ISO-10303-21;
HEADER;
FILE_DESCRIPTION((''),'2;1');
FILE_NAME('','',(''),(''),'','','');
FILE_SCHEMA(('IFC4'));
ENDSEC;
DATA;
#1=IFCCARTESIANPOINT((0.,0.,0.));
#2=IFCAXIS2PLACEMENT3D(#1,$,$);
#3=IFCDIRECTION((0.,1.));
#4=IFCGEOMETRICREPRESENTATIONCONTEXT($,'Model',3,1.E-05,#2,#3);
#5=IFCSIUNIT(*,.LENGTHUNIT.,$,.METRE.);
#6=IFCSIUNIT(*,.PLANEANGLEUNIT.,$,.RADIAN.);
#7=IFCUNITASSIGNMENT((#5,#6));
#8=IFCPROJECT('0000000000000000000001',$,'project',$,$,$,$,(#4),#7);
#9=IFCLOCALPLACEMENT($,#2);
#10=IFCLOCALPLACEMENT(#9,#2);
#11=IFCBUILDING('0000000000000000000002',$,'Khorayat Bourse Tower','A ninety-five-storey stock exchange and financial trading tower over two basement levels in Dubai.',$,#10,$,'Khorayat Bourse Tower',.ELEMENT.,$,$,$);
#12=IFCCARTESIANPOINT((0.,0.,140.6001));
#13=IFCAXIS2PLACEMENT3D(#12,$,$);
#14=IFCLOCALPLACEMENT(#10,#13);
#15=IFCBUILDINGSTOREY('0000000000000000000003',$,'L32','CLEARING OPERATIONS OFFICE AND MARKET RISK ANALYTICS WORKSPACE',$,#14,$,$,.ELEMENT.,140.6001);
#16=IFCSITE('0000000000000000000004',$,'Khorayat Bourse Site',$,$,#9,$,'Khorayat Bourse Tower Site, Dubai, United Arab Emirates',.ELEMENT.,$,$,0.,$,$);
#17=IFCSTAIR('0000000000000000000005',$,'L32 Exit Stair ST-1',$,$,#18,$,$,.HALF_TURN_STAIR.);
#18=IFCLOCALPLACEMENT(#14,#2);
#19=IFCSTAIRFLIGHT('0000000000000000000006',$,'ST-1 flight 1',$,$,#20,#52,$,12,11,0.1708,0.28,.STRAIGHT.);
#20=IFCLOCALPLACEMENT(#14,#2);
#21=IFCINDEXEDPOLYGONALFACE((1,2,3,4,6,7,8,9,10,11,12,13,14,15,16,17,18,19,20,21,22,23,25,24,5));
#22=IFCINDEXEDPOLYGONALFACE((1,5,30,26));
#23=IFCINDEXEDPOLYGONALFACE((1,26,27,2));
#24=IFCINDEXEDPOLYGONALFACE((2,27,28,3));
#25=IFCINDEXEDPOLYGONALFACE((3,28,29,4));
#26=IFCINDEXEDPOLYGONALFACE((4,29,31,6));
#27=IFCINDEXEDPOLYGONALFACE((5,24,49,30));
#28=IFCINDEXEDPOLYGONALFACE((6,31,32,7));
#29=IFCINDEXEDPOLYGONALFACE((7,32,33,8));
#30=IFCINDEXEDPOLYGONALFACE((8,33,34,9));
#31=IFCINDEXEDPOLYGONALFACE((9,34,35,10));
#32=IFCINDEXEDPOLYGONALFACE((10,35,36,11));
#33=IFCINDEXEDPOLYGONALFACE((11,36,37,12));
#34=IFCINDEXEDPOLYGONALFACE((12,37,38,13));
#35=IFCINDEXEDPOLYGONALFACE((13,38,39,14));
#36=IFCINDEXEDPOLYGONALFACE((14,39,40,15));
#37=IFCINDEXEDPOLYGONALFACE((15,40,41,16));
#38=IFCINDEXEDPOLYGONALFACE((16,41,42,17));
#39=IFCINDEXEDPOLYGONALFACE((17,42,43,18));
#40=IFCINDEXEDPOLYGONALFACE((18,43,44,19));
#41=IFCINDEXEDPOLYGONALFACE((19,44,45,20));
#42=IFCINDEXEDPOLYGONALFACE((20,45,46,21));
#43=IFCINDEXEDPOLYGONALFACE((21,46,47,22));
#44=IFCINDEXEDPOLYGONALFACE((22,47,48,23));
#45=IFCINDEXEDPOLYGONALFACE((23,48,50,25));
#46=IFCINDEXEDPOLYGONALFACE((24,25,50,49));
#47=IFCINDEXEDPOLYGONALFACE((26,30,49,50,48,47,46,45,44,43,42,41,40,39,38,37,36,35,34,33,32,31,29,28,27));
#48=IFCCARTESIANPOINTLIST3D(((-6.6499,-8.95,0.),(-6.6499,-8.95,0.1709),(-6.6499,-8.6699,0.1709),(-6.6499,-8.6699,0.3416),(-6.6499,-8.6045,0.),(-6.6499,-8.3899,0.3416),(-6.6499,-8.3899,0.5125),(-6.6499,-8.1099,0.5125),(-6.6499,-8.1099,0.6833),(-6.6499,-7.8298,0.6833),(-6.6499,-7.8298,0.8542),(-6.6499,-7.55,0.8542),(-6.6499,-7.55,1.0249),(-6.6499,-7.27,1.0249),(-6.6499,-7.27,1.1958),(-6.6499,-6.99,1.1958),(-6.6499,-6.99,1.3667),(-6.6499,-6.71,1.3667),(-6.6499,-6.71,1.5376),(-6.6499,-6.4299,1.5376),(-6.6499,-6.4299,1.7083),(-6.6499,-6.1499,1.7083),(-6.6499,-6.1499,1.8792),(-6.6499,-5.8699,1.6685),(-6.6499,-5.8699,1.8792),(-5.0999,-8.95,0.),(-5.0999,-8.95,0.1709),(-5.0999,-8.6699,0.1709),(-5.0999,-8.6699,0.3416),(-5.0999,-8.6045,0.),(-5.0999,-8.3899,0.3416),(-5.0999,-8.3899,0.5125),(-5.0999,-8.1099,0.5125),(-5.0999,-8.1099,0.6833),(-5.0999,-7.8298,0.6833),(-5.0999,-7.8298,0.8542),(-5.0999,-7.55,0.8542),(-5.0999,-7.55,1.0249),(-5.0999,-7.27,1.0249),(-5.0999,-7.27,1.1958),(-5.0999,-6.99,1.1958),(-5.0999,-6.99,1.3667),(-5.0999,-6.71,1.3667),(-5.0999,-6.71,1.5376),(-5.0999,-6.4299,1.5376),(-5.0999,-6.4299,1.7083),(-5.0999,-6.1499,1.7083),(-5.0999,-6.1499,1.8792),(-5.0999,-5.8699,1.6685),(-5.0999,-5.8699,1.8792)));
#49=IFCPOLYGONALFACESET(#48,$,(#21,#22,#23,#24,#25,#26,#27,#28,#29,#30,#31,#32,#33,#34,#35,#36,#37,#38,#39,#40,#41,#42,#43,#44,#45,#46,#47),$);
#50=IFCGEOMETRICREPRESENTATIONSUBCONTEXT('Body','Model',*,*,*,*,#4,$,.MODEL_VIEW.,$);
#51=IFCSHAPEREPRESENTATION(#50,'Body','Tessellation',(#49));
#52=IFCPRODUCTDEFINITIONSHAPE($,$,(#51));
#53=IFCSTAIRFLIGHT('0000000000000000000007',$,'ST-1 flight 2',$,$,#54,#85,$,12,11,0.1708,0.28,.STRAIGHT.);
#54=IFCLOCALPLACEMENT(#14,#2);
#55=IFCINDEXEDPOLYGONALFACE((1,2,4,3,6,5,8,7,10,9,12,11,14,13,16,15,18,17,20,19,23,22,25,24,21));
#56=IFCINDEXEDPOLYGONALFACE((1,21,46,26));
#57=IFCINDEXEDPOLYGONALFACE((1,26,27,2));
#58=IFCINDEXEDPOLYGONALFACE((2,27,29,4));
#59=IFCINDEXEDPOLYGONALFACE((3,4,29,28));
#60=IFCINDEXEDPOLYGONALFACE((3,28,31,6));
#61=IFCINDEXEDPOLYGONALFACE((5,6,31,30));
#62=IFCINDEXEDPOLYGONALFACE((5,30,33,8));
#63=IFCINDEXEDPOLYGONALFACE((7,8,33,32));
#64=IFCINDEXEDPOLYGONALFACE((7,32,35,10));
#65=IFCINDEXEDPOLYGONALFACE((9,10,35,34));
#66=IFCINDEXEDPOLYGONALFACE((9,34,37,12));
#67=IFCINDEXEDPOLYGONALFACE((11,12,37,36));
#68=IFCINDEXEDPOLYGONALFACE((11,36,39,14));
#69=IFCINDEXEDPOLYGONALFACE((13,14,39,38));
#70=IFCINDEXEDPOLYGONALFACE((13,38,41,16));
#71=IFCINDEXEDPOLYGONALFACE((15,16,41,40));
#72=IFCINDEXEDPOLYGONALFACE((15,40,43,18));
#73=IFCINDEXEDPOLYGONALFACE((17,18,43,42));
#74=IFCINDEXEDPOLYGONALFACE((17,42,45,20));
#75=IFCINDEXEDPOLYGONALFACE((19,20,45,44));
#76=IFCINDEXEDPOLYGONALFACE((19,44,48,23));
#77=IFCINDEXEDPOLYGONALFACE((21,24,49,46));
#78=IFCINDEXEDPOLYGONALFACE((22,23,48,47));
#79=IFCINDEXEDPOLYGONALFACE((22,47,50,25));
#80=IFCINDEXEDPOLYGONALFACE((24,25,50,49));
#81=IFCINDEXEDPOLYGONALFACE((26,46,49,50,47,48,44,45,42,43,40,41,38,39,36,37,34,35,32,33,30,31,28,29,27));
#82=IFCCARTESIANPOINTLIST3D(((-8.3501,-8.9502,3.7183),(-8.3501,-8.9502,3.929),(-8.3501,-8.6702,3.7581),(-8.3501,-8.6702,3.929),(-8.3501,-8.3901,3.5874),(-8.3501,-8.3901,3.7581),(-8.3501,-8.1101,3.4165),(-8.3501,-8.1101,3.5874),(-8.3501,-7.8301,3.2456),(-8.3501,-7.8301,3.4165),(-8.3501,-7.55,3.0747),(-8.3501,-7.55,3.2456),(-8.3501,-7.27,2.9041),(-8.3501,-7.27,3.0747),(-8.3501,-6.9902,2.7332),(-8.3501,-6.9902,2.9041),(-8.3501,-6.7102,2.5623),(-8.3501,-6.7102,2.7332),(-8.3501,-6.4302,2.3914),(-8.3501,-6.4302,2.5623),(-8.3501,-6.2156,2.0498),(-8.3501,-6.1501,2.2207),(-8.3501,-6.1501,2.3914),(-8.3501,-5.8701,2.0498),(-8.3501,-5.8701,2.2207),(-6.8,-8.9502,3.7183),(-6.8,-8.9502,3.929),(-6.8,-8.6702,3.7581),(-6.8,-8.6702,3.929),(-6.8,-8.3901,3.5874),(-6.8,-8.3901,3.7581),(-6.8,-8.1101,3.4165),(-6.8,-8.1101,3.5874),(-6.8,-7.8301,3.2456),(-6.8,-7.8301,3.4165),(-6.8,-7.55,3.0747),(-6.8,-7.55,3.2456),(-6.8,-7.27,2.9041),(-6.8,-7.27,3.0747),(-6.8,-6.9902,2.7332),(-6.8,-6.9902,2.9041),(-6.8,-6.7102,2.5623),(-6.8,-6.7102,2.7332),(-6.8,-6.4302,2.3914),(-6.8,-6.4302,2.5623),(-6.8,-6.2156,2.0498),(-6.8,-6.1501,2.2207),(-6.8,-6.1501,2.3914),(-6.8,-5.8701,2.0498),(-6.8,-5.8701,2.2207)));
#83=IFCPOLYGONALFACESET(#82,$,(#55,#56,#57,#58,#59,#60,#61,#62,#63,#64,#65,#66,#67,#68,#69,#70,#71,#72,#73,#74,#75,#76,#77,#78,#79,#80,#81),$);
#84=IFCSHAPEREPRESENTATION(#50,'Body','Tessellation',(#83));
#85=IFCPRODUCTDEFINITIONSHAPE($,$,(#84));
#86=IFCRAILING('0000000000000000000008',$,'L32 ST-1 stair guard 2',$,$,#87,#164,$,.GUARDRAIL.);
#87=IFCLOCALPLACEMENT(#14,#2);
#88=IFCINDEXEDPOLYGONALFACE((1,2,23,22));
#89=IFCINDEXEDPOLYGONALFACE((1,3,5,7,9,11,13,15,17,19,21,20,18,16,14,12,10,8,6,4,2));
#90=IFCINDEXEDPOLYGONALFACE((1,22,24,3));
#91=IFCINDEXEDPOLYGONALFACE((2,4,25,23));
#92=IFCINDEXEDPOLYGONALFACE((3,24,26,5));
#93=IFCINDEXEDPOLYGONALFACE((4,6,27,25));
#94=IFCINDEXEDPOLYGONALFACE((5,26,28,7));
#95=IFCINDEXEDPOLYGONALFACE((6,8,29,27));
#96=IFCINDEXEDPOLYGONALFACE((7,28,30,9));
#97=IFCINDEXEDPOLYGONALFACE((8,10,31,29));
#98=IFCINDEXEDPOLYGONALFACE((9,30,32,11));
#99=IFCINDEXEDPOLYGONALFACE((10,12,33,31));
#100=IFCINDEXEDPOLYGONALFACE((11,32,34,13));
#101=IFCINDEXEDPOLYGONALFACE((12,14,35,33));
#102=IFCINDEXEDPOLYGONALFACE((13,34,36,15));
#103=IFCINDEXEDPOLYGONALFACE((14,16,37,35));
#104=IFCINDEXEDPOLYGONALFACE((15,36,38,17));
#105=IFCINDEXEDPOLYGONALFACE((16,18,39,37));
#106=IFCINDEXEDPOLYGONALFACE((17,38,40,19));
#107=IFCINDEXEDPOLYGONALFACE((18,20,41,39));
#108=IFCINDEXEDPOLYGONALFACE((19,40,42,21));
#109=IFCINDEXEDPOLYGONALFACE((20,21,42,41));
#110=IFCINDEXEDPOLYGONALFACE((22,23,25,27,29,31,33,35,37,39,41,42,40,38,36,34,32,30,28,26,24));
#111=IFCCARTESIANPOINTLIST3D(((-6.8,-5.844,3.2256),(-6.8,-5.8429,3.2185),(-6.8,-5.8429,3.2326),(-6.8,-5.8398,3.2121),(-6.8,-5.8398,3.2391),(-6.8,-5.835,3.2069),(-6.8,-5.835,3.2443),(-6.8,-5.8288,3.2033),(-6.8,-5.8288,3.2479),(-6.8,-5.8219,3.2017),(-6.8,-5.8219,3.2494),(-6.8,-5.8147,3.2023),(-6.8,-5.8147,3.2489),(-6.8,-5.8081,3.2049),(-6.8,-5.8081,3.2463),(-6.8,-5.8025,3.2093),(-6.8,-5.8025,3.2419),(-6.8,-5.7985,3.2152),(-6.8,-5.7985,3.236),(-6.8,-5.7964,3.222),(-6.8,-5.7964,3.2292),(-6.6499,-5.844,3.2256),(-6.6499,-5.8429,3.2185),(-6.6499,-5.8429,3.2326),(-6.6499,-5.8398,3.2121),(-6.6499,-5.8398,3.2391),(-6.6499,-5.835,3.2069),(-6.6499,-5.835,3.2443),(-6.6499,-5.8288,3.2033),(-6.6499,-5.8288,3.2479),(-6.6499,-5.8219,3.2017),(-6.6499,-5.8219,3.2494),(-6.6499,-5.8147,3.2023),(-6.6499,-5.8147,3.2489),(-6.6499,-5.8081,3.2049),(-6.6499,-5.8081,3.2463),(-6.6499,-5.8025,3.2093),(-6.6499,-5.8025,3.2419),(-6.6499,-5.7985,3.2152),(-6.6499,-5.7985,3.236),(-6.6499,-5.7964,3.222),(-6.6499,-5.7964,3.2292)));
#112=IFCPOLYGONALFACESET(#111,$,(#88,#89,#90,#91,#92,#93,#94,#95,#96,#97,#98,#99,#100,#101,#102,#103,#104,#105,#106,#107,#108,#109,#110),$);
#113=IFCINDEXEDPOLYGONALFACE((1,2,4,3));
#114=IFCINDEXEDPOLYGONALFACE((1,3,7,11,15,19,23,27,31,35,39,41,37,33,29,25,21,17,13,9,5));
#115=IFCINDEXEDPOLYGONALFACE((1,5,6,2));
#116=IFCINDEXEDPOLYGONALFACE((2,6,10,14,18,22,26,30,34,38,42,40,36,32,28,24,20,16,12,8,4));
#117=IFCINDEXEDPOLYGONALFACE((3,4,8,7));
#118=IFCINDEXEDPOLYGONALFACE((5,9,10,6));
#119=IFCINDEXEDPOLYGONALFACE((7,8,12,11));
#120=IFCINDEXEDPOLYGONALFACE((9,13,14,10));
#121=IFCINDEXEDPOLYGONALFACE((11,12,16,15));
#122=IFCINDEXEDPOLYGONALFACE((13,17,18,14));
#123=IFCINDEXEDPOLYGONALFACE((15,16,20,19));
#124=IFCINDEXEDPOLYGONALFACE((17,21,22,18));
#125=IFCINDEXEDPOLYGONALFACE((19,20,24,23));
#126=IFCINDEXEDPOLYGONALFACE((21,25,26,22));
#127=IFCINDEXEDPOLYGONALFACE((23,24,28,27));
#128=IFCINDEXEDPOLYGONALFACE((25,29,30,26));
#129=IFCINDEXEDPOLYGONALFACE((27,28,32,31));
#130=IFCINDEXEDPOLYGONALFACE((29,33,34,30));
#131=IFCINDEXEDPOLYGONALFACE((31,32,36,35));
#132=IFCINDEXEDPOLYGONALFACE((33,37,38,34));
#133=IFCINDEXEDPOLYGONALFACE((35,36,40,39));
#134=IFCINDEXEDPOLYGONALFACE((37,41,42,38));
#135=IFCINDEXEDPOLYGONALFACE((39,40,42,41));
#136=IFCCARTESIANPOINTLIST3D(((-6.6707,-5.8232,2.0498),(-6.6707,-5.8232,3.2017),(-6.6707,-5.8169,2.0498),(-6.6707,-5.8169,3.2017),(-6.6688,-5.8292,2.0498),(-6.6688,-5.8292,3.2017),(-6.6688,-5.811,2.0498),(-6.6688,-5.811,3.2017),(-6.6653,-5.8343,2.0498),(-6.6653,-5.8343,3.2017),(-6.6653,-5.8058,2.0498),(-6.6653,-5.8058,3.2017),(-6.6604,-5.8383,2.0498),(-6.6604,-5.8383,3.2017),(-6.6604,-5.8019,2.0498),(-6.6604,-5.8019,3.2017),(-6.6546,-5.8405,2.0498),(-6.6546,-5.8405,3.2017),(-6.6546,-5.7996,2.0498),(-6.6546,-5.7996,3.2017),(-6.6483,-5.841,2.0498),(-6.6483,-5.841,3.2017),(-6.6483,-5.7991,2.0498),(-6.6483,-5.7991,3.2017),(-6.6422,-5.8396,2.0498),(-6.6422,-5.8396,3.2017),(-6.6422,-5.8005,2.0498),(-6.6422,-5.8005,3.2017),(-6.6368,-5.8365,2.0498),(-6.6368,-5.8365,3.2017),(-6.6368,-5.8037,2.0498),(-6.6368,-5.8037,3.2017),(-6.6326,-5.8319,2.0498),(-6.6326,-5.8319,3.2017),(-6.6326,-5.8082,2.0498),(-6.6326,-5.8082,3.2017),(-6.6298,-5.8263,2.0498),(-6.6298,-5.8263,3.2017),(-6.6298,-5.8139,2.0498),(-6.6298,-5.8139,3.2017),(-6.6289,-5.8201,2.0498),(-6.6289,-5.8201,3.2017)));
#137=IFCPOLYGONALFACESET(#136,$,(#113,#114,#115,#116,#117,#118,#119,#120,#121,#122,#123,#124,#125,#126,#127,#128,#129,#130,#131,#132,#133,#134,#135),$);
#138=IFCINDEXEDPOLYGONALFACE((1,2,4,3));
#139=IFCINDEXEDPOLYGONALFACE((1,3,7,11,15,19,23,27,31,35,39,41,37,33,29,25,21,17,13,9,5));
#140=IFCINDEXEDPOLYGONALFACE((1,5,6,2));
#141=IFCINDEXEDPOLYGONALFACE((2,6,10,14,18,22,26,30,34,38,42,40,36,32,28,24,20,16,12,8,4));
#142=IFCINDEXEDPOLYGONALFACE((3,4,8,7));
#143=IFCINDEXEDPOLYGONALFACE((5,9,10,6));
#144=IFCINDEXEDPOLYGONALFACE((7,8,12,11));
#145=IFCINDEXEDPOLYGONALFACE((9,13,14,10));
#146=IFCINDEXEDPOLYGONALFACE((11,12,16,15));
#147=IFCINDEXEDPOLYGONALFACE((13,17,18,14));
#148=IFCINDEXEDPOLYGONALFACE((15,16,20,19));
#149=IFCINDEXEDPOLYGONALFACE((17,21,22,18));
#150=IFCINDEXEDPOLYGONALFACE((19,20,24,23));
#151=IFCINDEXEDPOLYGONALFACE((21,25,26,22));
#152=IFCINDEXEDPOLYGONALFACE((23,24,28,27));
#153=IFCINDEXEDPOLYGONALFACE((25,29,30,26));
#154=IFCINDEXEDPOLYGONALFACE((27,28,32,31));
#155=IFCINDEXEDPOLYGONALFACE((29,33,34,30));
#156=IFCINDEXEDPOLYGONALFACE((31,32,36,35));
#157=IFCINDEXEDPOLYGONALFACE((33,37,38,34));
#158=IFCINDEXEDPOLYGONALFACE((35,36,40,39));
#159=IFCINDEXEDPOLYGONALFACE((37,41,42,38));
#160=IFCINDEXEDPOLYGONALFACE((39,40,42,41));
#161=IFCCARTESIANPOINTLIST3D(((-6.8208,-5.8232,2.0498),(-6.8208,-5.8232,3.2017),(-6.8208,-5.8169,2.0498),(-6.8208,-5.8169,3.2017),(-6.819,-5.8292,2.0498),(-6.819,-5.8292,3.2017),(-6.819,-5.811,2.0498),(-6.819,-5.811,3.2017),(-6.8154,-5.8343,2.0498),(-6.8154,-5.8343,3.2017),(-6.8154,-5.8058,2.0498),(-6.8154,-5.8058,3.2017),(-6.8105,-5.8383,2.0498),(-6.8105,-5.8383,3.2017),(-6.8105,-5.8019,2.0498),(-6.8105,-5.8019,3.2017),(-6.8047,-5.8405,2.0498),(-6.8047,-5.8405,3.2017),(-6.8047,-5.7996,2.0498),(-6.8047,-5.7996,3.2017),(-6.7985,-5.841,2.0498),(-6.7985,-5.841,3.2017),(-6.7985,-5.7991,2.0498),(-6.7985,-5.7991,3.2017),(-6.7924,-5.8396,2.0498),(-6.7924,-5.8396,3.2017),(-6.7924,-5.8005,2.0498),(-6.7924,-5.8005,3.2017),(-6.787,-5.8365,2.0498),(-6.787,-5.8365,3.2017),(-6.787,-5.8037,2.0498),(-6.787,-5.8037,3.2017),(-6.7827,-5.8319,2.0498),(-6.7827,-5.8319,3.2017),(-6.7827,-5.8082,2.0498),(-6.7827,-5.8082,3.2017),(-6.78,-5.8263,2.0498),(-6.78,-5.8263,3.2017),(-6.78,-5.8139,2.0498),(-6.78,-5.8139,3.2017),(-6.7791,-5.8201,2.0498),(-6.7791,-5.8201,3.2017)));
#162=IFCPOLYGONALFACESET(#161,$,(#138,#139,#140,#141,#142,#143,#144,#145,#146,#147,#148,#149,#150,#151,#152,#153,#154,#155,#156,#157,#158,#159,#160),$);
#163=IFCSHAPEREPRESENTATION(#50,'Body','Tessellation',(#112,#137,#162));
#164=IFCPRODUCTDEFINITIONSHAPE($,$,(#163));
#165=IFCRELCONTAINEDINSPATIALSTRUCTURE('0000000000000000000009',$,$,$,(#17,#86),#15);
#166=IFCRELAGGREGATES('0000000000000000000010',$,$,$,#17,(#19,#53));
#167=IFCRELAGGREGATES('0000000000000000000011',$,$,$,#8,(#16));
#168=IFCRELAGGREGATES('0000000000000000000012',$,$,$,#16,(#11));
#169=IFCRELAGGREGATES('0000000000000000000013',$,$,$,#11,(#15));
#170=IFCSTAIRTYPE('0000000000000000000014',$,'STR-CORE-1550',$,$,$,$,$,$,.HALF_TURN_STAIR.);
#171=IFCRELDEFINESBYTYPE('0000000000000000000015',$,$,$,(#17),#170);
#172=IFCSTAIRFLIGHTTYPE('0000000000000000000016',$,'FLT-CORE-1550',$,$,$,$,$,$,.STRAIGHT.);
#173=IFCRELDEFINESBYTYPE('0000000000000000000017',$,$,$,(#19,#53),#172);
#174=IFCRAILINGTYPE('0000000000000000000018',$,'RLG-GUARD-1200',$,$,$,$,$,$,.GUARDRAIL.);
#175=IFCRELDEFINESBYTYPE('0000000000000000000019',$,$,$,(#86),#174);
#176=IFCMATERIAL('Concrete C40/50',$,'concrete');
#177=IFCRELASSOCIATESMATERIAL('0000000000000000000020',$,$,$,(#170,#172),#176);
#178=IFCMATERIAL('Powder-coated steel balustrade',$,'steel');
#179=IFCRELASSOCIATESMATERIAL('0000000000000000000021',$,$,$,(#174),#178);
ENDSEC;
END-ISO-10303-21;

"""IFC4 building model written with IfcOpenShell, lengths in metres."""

from ifc_helpers import new_model, si_unit, direction, frame, origin, origin_2d, place, context, subcontext, project, spatial, polyline, circle, outline, extrude, source, transform, mapped, material, type_object, element, aggregate, save


model = new_model("IFC4")

# Units and contexts
model_context = context("Model", 3, precision=1e-05, world=origin(), true_north=direction((0.0, 1.0)))
body_context = subcontext(model_context, "Body", "Model", "MODEL_VIEW")
ifc_project = project(units=[si_unit("LENGTHUNIT", "METRE"), si_unit("PLANEANGLEUNIT", "RADIAN")], contexts=[model_context])

# Site, building, storey
site_placement = place(None, origin())
site = spatial("IfcSite", under=ifc_project, at=site_placement, Name="Khorayat Bourse Site", LongName="Khorayat Bourse Tower Site, Dubai, United Arab Emirates", CompositionType="ELEMENT", RefElevation=0.0)
building_placement = place(site_placement, origin())
building = spatial("IfcBuilding", under=site, at=building_placement, Name="Khorayat Bourse Tower", Description="A ninety-five-storey stock exchange and financial trading tower over two basement levels in Dubai.", LongName="Khorayat Bourse Tower", CompositionType="ELEMENT")
storey_placement = place(building_placement, frame((0.0, 0.0, 140.6001)))
storey = spatial("IfcBuildingStorey", under=building, at=storey_placement, Name="L32", Description="CLEARING OPERATIONS OFFICE AND MARKET RISK ANALYTICS WORKSPACE", CompositionType="ELEMENT", Elevation=140.6001)

# Stair, stair flights
ifc_material_1 = material(Name="Concrete C40/50", Category="concrete")
stair_type = type_object("IfcStairType", Name="STR-CORE-1550", PredefinedType="HALF_TURN_STAIR", material=ifc_material_1)
stair_placement = place(storey_placement, origin())
stair = element("IfcStair", 1, at=stair_placement, inside=storey, type_object=stair_type, Name="L32 Exit Stair ST-1", PredefinedType="HALF_TURN_STAIR")
stair_flight_type = type_object("IfcStairFlightType", Name="FLT-CORE-1550", PredefinedType="STRAIGHT", material=ifc_material_1)
shared_shape_1 = source(origin(), body_context, "Body", "SweptSolid", [
    extrude(outline(polyline([(0.0, 0.0), (0.0, 0.1709), (0.28, 0.1709), (0.28, 0.3416), (0.5601, 0.3416), (0.5601, 0.5125), (0.8401, 0.5125), (0.8401, 0.6833), (1.1201, 0.6833), (1.1201, 0.8542), (1.3999, 0.8542), (1.3999, 1.0249), (1.6799, 1.0249), (1.6799, 1.1958), (1.96, 1.1958), (1.96, 1.3667), (2.24, 1.3667), (2.24, 1.5376), (2.52, 1.5376), (2.52, 1.7083), (2.8, 1.7083), (2.8, 1.8792), (3.0801, 1.8792), (3.0801, 2.05), (3.0801, 1.6685), (0.3455, 0.0), (0.0, 0.0)])), frame((0.0, 0.7749, 0.0), z_axis=(0.0, -1.0, 0.0), x_axis=(1.0, 0.0, 0.0)), (0.0, 0.0, 1.0), 1.55),
])
stair_flight_1_placement = place(storey_placement, frame((-5.875, -8.95, 0.0), z_axis=(0.0, 0.0, 1.0), x_axis=(0.0, 1.0, 0.0)))
stair_flight_1 = element("IfcStairFlight", 2, at=stair_flight_1_placement, type_object=stair_flight_type, Name="ST-1 flight 1", NumberOfRisers=12, NumberOfTreads=11, PredefinedType="STRAIGHT", RiserHeight=0.1708, TreadLength=0.28, context=body_context, shape_type="MappedRepresentation", body=[
    mapped(shared_shape_1, transform((0.0, 0.0, 0.0), scale=1.0)),
])
stair_flight_2_placement = place(storey_placement, frame((-7.575, -5.8701, 2.0498), z_axis=(0.0, 0.0, 1.0), x_axis=(0.0, -1.0, 0.0)))
stair_flight_2 = element("IfcStairFlight", 3, at=stair_flight_2_placement, type_object=stair_flight_type, Name="ST-1 flight 2", NumberOfRisers=12, NumberOfTreads=11, PredefinedType="STRAIGHT", RiserHeight=0.1708, TreadLength=0.28, context=body_context, shape_type="MappedRepresentation", body=[
    mapped(shared_shape_1, transform((0.0, 0.0, 0.0), scale=1.0)),
])
aggregate(stair, [stair_flight_1, stair_flight_2])

# Railing
ifc_material_2 = material(Name="Powder-coated steel balustrade", Category="steel")
railing_type_1 = type_object("IfcRailingType", Name="RLG-GUARD-1200", PredefinedType="GUARDRAIL", material=ifc_material_2)
shared_shape_2 = source(origin(), body_context, "Body", "SweptSolid", [
    extrude(circle(Radius=0.0239, at=origin_2d()), frame((0.0, 0.0, 1.1758), z_axis=(-1.0, 0.0, 0.0), x_axis=(0.0, -1.0, 0.0)), (0.0, 0.0, 1.0), 0.1501),
    extrude(circle(Radius=0.021, at=origin_2d()), origin(), (0.0, 0.0, 1.0), 1.1519),
    extrude(circle(Radius=0.021, at=origin_2d()), frame((-0.1501, 0.0, 0.0)), (0.0, 0.0, 1.0), 1.1519),
])
for number, where, name in (
    (4, (-6.6499, -5.8201, 2.0498), "L32 ST-1 stair guard 2"),
):
    element("IfcRailing", number, at=place(storey_placement, frame(where)), inside=storey, type_object=railing_type_1, Name=name, PredefinedType="GUARDRAIL", context=body_context, shape_type="MappedRepresentation", body=[
        mapped(shared_shape_2, transform((0.0, 0.0, 0.0), scale=1.0)),
    ])

save(model, "model.ifc")
